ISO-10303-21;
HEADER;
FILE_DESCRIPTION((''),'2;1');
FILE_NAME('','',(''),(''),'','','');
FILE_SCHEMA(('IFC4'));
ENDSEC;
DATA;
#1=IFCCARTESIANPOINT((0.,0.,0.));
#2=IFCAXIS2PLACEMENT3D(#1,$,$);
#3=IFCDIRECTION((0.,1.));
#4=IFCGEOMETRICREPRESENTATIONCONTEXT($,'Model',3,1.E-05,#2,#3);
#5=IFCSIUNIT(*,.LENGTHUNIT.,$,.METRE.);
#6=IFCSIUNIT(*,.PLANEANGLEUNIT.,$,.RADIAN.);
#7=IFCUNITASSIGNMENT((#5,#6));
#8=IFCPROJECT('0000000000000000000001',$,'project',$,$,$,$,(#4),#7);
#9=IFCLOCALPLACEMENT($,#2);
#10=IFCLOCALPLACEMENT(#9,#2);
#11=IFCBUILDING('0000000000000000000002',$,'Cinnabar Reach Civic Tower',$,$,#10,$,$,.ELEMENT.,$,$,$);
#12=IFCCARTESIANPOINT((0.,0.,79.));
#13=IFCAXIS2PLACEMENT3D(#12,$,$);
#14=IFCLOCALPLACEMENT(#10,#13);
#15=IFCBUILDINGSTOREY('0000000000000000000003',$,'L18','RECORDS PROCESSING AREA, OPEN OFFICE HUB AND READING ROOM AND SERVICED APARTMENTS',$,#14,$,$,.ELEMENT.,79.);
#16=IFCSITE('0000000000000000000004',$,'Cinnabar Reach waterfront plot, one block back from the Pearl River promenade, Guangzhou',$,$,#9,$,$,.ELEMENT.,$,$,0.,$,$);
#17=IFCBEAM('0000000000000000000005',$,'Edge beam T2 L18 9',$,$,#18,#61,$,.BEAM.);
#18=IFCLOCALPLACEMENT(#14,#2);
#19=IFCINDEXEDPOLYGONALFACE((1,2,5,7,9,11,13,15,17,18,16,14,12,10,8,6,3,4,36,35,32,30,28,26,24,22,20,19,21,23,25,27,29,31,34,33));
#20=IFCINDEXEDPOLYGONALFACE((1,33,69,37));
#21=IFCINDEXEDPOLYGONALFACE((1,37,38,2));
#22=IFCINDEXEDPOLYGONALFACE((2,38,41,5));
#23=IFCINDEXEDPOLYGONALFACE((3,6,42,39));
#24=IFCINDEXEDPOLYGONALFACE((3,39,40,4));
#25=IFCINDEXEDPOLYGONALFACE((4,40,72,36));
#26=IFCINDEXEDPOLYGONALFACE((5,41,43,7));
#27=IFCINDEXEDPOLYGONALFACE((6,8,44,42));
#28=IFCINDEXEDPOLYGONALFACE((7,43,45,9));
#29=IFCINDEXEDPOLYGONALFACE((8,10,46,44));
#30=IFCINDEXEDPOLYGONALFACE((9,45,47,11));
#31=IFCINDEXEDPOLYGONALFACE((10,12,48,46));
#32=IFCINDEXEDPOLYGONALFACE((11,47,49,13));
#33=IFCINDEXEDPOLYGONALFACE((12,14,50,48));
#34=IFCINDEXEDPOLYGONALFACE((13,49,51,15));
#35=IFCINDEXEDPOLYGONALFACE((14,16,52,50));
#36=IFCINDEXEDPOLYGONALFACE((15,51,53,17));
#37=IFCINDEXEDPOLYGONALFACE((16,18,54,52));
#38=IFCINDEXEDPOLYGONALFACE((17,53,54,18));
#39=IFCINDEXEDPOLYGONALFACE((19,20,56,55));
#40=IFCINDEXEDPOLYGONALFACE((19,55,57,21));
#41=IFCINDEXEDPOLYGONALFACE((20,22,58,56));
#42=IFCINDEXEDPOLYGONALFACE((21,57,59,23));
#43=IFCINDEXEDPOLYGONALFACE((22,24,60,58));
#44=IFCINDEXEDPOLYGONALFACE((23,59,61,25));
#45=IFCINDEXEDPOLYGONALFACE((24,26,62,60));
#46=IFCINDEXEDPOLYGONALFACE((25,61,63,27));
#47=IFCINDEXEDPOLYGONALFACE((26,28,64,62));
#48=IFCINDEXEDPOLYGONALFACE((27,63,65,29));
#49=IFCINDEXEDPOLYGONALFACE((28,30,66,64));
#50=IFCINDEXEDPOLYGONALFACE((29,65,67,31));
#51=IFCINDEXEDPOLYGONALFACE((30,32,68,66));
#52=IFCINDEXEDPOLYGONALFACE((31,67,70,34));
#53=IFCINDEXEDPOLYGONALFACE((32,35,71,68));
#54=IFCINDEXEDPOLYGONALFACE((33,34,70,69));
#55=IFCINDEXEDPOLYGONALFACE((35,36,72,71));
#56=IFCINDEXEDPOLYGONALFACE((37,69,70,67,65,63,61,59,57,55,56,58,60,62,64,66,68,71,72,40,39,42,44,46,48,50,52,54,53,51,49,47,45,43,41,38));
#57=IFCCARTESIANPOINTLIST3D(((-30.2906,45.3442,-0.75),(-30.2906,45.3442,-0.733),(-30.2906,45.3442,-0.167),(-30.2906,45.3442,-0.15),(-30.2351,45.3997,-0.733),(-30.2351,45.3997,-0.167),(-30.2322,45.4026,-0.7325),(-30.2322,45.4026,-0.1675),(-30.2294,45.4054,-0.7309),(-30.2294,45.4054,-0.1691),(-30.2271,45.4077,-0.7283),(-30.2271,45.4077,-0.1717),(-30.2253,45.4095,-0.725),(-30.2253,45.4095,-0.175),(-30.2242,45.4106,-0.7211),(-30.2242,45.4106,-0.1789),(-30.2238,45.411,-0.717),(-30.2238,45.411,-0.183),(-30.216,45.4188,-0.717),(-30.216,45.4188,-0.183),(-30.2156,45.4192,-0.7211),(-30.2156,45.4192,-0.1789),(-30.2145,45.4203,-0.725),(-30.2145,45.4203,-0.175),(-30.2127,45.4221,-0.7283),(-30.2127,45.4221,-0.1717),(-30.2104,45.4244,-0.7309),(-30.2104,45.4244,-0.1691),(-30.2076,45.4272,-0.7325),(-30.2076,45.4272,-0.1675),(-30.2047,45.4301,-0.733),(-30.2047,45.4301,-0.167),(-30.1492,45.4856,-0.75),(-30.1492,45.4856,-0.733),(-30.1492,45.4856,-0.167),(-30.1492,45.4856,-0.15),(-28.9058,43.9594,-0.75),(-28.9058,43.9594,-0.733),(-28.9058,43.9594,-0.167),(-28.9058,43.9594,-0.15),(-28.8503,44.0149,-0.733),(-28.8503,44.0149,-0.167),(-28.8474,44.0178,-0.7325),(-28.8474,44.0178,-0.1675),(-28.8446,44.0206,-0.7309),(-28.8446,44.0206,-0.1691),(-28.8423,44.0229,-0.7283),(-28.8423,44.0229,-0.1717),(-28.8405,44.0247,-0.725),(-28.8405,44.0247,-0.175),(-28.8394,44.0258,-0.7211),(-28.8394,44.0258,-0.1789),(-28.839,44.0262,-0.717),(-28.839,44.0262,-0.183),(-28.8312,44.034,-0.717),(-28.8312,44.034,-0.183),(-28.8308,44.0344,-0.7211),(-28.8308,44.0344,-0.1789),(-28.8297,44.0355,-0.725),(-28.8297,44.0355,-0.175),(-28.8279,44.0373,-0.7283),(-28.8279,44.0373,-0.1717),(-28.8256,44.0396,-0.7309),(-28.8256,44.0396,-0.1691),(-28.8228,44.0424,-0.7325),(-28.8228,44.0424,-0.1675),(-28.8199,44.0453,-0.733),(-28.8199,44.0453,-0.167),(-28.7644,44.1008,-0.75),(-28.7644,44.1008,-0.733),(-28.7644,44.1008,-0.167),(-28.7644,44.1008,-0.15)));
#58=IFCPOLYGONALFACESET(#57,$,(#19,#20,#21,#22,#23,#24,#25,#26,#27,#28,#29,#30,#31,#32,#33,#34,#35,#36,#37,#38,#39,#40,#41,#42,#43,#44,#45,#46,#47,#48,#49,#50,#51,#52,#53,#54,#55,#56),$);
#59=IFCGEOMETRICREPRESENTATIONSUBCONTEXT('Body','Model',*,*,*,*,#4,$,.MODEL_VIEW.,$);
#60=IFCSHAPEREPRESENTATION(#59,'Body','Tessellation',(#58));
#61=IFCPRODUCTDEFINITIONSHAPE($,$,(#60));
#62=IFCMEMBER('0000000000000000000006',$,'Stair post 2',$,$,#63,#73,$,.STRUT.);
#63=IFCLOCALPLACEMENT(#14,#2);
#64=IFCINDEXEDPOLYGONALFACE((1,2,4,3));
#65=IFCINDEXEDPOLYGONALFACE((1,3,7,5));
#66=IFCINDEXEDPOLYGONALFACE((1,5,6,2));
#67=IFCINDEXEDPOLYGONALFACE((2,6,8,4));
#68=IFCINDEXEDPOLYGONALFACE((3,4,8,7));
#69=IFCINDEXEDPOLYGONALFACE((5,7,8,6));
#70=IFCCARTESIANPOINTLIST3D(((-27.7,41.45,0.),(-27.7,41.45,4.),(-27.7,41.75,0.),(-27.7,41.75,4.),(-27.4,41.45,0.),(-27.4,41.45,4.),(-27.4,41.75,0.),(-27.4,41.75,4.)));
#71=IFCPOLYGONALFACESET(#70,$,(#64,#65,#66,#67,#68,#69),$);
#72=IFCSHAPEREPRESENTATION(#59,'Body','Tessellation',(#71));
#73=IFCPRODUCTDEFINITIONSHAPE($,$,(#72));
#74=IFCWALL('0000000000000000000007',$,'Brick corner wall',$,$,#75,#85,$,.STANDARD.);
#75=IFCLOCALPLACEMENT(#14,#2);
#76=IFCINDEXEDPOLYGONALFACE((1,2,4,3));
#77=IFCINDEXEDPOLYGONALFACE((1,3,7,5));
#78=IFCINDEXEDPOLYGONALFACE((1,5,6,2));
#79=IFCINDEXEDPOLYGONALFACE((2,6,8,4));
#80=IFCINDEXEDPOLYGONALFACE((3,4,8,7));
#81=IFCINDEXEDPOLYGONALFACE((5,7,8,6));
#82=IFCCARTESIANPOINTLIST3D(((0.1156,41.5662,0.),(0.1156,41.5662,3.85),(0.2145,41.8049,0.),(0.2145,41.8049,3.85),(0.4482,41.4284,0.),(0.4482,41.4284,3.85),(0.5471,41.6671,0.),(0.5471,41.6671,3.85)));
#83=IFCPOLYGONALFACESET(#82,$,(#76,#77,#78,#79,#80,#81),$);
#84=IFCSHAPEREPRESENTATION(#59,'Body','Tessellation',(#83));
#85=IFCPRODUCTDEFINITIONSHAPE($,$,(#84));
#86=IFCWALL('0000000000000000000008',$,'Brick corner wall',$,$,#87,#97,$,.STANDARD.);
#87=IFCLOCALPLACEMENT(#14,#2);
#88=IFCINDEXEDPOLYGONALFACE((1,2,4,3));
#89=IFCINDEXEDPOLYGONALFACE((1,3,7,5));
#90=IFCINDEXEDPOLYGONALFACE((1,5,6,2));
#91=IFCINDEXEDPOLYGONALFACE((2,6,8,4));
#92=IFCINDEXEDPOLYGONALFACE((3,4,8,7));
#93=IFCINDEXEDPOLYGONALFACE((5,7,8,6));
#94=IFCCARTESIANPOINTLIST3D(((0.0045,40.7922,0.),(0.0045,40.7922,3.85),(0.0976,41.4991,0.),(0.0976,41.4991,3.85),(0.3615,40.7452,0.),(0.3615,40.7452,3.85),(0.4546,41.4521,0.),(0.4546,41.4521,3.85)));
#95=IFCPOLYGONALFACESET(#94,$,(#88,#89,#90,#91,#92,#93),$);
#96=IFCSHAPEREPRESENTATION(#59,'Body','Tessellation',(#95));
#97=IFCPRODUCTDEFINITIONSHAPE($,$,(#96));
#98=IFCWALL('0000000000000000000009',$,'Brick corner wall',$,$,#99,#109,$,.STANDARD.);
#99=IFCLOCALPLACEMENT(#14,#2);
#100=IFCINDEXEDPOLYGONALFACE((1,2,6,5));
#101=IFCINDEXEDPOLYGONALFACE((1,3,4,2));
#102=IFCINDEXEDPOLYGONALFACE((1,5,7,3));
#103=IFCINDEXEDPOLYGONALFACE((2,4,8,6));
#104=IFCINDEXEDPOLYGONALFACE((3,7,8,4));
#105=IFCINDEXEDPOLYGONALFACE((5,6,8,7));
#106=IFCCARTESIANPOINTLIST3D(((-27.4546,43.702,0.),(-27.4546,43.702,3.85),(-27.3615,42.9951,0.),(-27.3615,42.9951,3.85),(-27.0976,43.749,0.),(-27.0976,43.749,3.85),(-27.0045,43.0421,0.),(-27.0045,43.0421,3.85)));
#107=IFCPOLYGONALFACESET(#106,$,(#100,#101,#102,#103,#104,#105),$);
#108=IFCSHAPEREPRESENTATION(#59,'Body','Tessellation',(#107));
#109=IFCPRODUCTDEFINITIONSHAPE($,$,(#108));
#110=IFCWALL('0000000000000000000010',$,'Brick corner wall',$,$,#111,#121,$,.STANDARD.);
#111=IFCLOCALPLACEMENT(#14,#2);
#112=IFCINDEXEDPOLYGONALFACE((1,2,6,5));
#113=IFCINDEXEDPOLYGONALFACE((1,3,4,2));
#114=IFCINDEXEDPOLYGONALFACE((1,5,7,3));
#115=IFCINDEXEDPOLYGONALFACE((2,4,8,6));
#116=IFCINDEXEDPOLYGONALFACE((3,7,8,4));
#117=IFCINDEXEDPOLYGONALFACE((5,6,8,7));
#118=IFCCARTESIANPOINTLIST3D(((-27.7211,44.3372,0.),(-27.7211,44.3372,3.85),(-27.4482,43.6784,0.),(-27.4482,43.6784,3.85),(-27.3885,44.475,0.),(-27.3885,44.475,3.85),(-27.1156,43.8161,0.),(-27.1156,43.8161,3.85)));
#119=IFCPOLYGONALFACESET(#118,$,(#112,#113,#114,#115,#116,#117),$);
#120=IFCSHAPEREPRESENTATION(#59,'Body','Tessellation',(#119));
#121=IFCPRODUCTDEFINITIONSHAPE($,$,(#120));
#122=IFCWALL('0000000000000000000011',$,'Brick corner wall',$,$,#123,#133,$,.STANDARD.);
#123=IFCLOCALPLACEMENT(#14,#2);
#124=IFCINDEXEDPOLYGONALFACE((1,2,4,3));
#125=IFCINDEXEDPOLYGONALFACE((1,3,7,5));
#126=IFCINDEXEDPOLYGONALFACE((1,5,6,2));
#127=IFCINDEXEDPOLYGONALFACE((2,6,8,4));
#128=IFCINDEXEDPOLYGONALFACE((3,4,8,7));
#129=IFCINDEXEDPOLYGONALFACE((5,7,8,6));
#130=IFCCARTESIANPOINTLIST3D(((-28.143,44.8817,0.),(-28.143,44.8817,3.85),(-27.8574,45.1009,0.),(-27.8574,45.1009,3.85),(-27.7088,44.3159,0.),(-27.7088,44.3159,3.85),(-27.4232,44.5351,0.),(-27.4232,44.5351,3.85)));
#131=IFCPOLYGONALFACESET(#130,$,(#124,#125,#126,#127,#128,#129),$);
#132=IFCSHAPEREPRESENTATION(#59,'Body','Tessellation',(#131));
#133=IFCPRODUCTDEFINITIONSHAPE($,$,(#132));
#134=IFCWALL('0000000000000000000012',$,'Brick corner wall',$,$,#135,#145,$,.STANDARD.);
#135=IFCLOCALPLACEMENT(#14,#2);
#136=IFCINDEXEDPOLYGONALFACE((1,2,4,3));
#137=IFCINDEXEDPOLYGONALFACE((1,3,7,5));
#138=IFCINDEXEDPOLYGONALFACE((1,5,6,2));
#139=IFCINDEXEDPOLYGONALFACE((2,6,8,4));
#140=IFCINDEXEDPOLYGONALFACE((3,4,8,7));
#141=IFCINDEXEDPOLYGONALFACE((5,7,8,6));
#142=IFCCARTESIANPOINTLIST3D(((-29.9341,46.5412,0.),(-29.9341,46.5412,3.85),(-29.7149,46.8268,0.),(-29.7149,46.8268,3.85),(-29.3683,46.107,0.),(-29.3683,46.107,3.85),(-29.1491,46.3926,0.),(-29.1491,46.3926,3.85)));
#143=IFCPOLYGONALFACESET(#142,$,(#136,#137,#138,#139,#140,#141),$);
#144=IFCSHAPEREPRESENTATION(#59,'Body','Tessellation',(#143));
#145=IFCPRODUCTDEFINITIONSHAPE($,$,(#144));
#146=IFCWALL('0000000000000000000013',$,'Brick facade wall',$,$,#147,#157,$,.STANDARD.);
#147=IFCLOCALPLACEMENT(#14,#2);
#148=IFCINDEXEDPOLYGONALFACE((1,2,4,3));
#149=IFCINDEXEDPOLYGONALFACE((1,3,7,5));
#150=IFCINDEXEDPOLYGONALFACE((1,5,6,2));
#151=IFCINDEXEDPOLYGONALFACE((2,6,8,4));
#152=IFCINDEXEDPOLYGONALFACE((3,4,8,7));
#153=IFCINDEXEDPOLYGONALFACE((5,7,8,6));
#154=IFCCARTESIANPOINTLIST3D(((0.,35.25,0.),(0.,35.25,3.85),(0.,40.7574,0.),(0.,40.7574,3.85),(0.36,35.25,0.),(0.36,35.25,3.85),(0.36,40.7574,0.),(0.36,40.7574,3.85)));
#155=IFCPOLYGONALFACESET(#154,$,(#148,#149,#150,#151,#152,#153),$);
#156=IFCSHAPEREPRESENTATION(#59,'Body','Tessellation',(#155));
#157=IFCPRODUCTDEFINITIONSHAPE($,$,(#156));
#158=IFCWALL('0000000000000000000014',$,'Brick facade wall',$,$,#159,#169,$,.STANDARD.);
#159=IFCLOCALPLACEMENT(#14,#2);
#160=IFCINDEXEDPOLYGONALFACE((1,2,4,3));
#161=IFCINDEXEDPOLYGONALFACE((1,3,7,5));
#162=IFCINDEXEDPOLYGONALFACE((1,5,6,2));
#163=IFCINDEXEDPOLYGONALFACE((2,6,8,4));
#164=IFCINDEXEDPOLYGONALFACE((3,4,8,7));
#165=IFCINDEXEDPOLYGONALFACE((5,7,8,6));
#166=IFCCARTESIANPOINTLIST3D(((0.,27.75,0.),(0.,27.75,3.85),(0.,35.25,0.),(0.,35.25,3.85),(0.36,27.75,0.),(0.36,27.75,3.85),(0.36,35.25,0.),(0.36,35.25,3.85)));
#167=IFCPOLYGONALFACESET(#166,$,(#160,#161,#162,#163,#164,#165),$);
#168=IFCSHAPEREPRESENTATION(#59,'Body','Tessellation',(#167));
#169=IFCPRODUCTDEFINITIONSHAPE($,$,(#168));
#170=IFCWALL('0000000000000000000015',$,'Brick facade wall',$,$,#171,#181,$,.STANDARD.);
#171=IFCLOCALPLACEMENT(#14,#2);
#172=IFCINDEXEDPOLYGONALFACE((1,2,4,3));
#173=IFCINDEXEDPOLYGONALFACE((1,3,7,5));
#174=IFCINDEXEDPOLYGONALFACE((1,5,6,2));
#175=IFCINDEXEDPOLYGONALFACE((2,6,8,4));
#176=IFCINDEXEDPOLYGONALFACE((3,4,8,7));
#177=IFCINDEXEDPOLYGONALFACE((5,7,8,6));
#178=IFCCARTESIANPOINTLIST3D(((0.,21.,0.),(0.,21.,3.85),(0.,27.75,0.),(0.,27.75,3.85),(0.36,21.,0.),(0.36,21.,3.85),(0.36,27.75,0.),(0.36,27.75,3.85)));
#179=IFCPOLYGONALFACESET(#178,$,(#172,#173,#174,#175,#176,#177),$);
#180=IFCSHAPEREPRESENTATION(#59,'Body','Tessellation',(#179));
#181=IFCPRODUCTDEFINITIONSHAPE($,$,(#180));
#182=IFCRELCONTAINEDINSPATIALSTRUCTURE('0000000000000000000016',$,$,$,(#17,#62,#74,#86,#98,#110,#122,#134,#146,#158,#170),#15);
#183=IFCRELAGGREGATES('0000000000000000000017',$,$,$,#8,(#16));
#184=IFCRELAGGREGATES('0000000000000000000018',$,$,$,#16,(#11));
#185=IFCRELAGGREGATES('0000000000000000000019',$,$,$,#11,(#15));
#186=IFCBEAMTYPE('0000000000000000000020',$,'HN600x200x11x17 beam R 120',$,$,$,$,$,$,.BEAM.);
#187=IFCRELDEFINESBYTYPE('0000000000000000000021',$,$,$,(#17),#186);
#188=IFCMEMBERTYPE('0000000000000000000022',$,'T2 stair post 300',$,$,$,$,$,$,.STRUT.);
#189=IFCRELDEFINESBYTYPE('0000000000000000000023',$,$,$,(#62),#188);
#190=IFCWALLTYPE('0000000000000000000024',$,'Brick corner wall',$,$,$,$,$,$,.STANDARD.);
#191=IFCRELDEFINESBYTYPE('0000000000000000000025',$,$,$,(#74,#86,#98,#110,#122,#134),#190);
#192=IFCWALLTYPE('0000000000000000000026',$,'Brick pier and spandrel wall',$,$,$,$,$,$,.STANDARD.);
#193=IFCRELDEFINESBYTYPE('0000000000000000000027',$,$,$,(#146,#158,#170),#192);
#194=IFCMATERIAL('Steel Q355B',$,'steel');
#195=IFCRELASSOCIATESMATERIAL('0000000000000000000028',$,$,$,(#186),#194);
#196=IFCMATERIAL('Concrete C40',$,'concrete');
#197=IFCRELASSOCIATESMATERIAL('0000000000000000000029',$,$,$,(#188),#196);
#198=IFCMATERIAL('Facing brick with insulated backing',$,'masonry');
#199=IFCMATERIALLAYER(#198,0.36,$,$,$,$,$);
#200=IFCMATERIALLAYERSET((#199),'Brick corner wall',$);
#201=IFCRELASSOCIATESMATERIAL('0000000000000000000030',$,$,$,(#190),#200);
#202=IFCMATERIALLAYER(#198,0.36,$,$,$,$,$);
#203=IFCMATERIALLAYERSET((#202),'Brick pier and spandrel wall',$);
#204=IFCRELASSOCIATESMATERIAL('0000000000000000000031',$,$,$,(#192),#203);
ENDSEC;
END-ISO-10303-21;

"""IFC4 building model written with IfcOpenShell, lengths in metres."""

from ifc_helpers import new_model, si_unit, direction, frame, frame_2d, origin, origin_2d, place, context, subcontext, project, spatial, rectangle, i_section, extrude, material, layer, layer_set, material_profile, profile_set, type_object, element, save


model = new_model("IFC4")

# Units and contexts
model_context = context("Model", 3, precision=1e-05, world=origin(), true_north=direction((0.0, 1.0)))
body_context = subcontext(model_context, "Body", "Model", "MODEL_VIEW")
ifc_project = project(units=[si_unit("LENGTHUNIT", "METRE"), si_unit("PLANEANGLEUNIT", "RADIAN")], contexts=[model_context])

# Site, building, storey
site_placement = place(None, origin())
site = spatial("IfcSite", under=ifc_project, at=site_placement, Name="Cinnabar Reach waterfront plot, one block back from the Pearl River promenade, Guangzhou", CompositionType="ELEMENT", RefElevation=0.0)
building_placement = place(site_placement, origin())
building = spatial("IfcBuilding", under=site, at=building_placement, Name="Cinnabar Reach Civic Tower", CompositionType="ELEMENT")
storey_placement = place(building_placement, frame((0.0, 0.0, 79.0)))
storey = spatial("IfcBuildingStorey", under=building, at=storey_placement, Name="L18", Description="RECORDS PROCESSING AREA, OPEN OFFICE HUB AND READING ROOM AND SERVICED APARTMENTS", CompositionType="ELEMENT", Elevation=79.0)

# Beam
ifc_material_1 = material(Name="Steel Q355B", Category="steel")
ifc_material_profile_1 = material_profile(ifc_material_1, i_section(OverallWidth=0.2, OverallDepth=0.6, WebThickness=0.011, FlangeThickness=0.017, FilletRadius=0.016, at=origin_2d()), Name="HN600x200x11x17")
ifc_profile_set_1 = profile_set([ifc_material_profile_1], Name="Steel Q355B")
beam_type = type_object("IfcBeamType", Name="HN600x200x11x17 beam R 120", PredefinedType="BEAM", material=ifc_profile_set_1)
beam_1_placement = place(storey_placement, frame((-28.8351, 44.0301, -0.45), z_axis=(-0.707107, 0.707107, 0.0), x_axis=(-0.707107, -0.707107, 0.0)))
element("IfcBeam", 1, at=beam_1_placement, inside=storey, type_object=beam_type, Name="Edge beam T2 L18 9", PredefinedType="BEAM", context=body_context, shape_type="SweptSolid", body=[
    extrude(i_section(OverallWidth=0.2, OverallDepth=0.6, WebThickness=0.011, FlangeThickness=0.017, FilletRadius=0.016, at=origin_2d()), origin(), (0.0, 0.0, 1.0), 1.9584),
])

# Member
ifc_material_2 = material(Name="Concrete C40", Category="concrete")
ifc_material_profile_2 = material_profile(ifc_material_2, rectangle(XDim=0.3, YDim=0.3, at=origin_2d()), Name="C300")
ifc_profile_set_2 = profile_set([ifc_material_profile_2], Name="Concrete C40")
member_type = type_object("IfcMemberType", Name="T2 stair post 300", PredefinedType="STRUT", material=ifc_profile_set_2)
member_placement = place(storey_placement, frame((-27.55, 41.6, 0.0), z_axis=(0.0, 0.0, 1.0), x_axis=(1.0, 0.0, 0.0)))
element("IfcMember", 2, at=member_placement, inside=storey, type_object=member_type, Name="Stair post 2", PredefinedType="STRUT", context=body_context, shape_type="SweptSolid", body=[
    extrude(rectangle(XDim=0.3, YDim=0.3, at=origin_2d()), origin(), (0.0, 0.0, 1.0), 4.0),
])

# Walls
ifc_material_3 = material(Name="Facing brick with insulated backing", Category="masonry")
ifc_layer_1 = layer(ifc_material_3, 0.36)
ifc_layer_set_1 = layer_set([ifc_layer_1], Name="Brick corner wall")
wall_type_1 = type_object("IfcWallType", Name="Brick corner wall", PredefinedType="STANDARD", material=ifc_layer_set_1)
wall_1_placement = place(storey_placement, frame((0.3808, 41.736, 0.0), z_axis=(0.0, 0.0, 1.0), x_axis=(-0.382773, -0.923842, 0.0)))
element("IfcWall", 3, at=wall_1_placement, inside=storey, type_object=wall_type_1, Name="Brick corner wall", PredefinedType="STANDARD", context=body_context, shape_type="SweptSolid", body=[
    extrude(rectangle(XDim=0.2584, YDim=0.36, at=frame_2d((0.1292, 0.0))), origin(), (0.0, 0.0, 1.0), 3.85),
])
for number, where, z_axis, x_axis, name in (
    (4, (0.2761, 41.4756, 0.0), (0.0, 0.0, 1.0), (-0.130556, -0.991441, 0.0), "Brick corner wall"),
    (5, (-27.183, 43.0186, 0.0), (0.0, 0.0, 1.0), (-0.130556, 0.991441, 0.0), "Brick corner wall"),
    (6, (-27.2819, 43.7473, 0.0), (0.0, 0.0, 1.0), (-0.382703, 0.923872, 0.0), "Brick corner wall"),
):
    element("IfcWall", number, at=place(storey_placement, frame(where, z_axis=z_axis, x_axis=x_axis)), inside=storey, type_object=wall_type_1, Name=name, PredefinedType="STANDARD", context=body_context, shape_type="SweptSolid", body=[
        extrude(rectangle(XDim=0.7131, YDim=0.36, at=frame_2d((0.3565, 0.0))), origin(), (0.0, 0.0, 1.0), 3.85),
    ])
for number, where, z_axis, x_axis, name in (
    (7, (-27.566, 44.4255, 0.0), (0.0, 0.0, 1.0), (-0.608802, 0.793322, 0.0), "Brick corner wall"),
    (8, (-29.2587, 46.2498, 0.0), (0.0, 0.0, 1.0), (-0.793322, 0.608802, 0.0), "Brick corner wall"),
):
    element("IfcWall", number, at=place(storey_placement, frame(where, z_axis=z_axis, x_axis=x_axis)), inside=storey, type_object=wall_type_1, Name=name, PredefinedType="STANDARD", context=body_context, shape_type="SweptSolid", body=[
        extrude(rectangle(XDim=0.7132, YDim=0.36, at=frame_2d((0.3566, 0.0))), origin(), (0.0, 0.0, 1.0), 3.85),
    ])
ifc_layer_2 = layer(ifc_material_3, 0.36)
ifc_layer_set_2 = layer_set([ifc_layer_2], Name="Brick pier and spandrel wall")
wall_type_2 = type_object("IfcWallType", Name="Brick pier and spandrel wall", PredefinedType="STANDARD", material=ifc_layer_set_2)
wall_2_placement = place(storey_placement, frame((0.18, 40.7574, 0.0), z_axis=(0.0, 0.0, 1.0), x_axis=(0.0, -1.0, 0.0)))
element("IfcWall", 9, at=wall_2_placement, inside=storey, type_object=wall_type_2, Name="Brick facade wall", PredefinedType="STANDARD", context=body_context, shape_type="SweptSolid", body=[
    extrude(rectangle(XDim=5.5074, YDim=0.36, at=frame_2d((2.7537, 0.0))), origin(), (0.0, 0.0, 1.0), 3.85),
])
wall_3_placement = place(storey_placement, frame((0.18, 35.25, 0.0), z_axis=(0.0, 0.0, 1.0), x_axis=(0.0, -1.0, 0.0)))
element("IfcWall", 10, at=wall_3_placement, inside=storey, type_object=wall_type_2, Name="Brick facade wall", PredefinedType="STANDARD", context=body_context, shape_type="SweptSolid", body=[
    extrude(rectangle(XDim=7.5, YDim=0.36, at=frame_2d((3.75, 0.0))), origin(), (0.0, 0.0, 1.0), 3.85),
])
wall_4_placement = place(storey_placement, frame((0.18, 27.75, 0.0), z_axis=(0.0, 0.0, 1.0), x_axis=(0.0, -1.0, 0.0)))
element("IfcWall", 11, at=wall_4_placement, inside=storey, type_object=wall_type_2, Name="Brick facade wall", PredefinedType="STANDARD", context=body_context, shape_type="SweptSolid", body=[
    extrude(rectangle(XDim=6.75, YDim=0.36, at=frame_2d((3.375, 0.0))), origin(), (0.0, 0.0, 1.0), 3.85),
])

save(model, "model.ifc")
